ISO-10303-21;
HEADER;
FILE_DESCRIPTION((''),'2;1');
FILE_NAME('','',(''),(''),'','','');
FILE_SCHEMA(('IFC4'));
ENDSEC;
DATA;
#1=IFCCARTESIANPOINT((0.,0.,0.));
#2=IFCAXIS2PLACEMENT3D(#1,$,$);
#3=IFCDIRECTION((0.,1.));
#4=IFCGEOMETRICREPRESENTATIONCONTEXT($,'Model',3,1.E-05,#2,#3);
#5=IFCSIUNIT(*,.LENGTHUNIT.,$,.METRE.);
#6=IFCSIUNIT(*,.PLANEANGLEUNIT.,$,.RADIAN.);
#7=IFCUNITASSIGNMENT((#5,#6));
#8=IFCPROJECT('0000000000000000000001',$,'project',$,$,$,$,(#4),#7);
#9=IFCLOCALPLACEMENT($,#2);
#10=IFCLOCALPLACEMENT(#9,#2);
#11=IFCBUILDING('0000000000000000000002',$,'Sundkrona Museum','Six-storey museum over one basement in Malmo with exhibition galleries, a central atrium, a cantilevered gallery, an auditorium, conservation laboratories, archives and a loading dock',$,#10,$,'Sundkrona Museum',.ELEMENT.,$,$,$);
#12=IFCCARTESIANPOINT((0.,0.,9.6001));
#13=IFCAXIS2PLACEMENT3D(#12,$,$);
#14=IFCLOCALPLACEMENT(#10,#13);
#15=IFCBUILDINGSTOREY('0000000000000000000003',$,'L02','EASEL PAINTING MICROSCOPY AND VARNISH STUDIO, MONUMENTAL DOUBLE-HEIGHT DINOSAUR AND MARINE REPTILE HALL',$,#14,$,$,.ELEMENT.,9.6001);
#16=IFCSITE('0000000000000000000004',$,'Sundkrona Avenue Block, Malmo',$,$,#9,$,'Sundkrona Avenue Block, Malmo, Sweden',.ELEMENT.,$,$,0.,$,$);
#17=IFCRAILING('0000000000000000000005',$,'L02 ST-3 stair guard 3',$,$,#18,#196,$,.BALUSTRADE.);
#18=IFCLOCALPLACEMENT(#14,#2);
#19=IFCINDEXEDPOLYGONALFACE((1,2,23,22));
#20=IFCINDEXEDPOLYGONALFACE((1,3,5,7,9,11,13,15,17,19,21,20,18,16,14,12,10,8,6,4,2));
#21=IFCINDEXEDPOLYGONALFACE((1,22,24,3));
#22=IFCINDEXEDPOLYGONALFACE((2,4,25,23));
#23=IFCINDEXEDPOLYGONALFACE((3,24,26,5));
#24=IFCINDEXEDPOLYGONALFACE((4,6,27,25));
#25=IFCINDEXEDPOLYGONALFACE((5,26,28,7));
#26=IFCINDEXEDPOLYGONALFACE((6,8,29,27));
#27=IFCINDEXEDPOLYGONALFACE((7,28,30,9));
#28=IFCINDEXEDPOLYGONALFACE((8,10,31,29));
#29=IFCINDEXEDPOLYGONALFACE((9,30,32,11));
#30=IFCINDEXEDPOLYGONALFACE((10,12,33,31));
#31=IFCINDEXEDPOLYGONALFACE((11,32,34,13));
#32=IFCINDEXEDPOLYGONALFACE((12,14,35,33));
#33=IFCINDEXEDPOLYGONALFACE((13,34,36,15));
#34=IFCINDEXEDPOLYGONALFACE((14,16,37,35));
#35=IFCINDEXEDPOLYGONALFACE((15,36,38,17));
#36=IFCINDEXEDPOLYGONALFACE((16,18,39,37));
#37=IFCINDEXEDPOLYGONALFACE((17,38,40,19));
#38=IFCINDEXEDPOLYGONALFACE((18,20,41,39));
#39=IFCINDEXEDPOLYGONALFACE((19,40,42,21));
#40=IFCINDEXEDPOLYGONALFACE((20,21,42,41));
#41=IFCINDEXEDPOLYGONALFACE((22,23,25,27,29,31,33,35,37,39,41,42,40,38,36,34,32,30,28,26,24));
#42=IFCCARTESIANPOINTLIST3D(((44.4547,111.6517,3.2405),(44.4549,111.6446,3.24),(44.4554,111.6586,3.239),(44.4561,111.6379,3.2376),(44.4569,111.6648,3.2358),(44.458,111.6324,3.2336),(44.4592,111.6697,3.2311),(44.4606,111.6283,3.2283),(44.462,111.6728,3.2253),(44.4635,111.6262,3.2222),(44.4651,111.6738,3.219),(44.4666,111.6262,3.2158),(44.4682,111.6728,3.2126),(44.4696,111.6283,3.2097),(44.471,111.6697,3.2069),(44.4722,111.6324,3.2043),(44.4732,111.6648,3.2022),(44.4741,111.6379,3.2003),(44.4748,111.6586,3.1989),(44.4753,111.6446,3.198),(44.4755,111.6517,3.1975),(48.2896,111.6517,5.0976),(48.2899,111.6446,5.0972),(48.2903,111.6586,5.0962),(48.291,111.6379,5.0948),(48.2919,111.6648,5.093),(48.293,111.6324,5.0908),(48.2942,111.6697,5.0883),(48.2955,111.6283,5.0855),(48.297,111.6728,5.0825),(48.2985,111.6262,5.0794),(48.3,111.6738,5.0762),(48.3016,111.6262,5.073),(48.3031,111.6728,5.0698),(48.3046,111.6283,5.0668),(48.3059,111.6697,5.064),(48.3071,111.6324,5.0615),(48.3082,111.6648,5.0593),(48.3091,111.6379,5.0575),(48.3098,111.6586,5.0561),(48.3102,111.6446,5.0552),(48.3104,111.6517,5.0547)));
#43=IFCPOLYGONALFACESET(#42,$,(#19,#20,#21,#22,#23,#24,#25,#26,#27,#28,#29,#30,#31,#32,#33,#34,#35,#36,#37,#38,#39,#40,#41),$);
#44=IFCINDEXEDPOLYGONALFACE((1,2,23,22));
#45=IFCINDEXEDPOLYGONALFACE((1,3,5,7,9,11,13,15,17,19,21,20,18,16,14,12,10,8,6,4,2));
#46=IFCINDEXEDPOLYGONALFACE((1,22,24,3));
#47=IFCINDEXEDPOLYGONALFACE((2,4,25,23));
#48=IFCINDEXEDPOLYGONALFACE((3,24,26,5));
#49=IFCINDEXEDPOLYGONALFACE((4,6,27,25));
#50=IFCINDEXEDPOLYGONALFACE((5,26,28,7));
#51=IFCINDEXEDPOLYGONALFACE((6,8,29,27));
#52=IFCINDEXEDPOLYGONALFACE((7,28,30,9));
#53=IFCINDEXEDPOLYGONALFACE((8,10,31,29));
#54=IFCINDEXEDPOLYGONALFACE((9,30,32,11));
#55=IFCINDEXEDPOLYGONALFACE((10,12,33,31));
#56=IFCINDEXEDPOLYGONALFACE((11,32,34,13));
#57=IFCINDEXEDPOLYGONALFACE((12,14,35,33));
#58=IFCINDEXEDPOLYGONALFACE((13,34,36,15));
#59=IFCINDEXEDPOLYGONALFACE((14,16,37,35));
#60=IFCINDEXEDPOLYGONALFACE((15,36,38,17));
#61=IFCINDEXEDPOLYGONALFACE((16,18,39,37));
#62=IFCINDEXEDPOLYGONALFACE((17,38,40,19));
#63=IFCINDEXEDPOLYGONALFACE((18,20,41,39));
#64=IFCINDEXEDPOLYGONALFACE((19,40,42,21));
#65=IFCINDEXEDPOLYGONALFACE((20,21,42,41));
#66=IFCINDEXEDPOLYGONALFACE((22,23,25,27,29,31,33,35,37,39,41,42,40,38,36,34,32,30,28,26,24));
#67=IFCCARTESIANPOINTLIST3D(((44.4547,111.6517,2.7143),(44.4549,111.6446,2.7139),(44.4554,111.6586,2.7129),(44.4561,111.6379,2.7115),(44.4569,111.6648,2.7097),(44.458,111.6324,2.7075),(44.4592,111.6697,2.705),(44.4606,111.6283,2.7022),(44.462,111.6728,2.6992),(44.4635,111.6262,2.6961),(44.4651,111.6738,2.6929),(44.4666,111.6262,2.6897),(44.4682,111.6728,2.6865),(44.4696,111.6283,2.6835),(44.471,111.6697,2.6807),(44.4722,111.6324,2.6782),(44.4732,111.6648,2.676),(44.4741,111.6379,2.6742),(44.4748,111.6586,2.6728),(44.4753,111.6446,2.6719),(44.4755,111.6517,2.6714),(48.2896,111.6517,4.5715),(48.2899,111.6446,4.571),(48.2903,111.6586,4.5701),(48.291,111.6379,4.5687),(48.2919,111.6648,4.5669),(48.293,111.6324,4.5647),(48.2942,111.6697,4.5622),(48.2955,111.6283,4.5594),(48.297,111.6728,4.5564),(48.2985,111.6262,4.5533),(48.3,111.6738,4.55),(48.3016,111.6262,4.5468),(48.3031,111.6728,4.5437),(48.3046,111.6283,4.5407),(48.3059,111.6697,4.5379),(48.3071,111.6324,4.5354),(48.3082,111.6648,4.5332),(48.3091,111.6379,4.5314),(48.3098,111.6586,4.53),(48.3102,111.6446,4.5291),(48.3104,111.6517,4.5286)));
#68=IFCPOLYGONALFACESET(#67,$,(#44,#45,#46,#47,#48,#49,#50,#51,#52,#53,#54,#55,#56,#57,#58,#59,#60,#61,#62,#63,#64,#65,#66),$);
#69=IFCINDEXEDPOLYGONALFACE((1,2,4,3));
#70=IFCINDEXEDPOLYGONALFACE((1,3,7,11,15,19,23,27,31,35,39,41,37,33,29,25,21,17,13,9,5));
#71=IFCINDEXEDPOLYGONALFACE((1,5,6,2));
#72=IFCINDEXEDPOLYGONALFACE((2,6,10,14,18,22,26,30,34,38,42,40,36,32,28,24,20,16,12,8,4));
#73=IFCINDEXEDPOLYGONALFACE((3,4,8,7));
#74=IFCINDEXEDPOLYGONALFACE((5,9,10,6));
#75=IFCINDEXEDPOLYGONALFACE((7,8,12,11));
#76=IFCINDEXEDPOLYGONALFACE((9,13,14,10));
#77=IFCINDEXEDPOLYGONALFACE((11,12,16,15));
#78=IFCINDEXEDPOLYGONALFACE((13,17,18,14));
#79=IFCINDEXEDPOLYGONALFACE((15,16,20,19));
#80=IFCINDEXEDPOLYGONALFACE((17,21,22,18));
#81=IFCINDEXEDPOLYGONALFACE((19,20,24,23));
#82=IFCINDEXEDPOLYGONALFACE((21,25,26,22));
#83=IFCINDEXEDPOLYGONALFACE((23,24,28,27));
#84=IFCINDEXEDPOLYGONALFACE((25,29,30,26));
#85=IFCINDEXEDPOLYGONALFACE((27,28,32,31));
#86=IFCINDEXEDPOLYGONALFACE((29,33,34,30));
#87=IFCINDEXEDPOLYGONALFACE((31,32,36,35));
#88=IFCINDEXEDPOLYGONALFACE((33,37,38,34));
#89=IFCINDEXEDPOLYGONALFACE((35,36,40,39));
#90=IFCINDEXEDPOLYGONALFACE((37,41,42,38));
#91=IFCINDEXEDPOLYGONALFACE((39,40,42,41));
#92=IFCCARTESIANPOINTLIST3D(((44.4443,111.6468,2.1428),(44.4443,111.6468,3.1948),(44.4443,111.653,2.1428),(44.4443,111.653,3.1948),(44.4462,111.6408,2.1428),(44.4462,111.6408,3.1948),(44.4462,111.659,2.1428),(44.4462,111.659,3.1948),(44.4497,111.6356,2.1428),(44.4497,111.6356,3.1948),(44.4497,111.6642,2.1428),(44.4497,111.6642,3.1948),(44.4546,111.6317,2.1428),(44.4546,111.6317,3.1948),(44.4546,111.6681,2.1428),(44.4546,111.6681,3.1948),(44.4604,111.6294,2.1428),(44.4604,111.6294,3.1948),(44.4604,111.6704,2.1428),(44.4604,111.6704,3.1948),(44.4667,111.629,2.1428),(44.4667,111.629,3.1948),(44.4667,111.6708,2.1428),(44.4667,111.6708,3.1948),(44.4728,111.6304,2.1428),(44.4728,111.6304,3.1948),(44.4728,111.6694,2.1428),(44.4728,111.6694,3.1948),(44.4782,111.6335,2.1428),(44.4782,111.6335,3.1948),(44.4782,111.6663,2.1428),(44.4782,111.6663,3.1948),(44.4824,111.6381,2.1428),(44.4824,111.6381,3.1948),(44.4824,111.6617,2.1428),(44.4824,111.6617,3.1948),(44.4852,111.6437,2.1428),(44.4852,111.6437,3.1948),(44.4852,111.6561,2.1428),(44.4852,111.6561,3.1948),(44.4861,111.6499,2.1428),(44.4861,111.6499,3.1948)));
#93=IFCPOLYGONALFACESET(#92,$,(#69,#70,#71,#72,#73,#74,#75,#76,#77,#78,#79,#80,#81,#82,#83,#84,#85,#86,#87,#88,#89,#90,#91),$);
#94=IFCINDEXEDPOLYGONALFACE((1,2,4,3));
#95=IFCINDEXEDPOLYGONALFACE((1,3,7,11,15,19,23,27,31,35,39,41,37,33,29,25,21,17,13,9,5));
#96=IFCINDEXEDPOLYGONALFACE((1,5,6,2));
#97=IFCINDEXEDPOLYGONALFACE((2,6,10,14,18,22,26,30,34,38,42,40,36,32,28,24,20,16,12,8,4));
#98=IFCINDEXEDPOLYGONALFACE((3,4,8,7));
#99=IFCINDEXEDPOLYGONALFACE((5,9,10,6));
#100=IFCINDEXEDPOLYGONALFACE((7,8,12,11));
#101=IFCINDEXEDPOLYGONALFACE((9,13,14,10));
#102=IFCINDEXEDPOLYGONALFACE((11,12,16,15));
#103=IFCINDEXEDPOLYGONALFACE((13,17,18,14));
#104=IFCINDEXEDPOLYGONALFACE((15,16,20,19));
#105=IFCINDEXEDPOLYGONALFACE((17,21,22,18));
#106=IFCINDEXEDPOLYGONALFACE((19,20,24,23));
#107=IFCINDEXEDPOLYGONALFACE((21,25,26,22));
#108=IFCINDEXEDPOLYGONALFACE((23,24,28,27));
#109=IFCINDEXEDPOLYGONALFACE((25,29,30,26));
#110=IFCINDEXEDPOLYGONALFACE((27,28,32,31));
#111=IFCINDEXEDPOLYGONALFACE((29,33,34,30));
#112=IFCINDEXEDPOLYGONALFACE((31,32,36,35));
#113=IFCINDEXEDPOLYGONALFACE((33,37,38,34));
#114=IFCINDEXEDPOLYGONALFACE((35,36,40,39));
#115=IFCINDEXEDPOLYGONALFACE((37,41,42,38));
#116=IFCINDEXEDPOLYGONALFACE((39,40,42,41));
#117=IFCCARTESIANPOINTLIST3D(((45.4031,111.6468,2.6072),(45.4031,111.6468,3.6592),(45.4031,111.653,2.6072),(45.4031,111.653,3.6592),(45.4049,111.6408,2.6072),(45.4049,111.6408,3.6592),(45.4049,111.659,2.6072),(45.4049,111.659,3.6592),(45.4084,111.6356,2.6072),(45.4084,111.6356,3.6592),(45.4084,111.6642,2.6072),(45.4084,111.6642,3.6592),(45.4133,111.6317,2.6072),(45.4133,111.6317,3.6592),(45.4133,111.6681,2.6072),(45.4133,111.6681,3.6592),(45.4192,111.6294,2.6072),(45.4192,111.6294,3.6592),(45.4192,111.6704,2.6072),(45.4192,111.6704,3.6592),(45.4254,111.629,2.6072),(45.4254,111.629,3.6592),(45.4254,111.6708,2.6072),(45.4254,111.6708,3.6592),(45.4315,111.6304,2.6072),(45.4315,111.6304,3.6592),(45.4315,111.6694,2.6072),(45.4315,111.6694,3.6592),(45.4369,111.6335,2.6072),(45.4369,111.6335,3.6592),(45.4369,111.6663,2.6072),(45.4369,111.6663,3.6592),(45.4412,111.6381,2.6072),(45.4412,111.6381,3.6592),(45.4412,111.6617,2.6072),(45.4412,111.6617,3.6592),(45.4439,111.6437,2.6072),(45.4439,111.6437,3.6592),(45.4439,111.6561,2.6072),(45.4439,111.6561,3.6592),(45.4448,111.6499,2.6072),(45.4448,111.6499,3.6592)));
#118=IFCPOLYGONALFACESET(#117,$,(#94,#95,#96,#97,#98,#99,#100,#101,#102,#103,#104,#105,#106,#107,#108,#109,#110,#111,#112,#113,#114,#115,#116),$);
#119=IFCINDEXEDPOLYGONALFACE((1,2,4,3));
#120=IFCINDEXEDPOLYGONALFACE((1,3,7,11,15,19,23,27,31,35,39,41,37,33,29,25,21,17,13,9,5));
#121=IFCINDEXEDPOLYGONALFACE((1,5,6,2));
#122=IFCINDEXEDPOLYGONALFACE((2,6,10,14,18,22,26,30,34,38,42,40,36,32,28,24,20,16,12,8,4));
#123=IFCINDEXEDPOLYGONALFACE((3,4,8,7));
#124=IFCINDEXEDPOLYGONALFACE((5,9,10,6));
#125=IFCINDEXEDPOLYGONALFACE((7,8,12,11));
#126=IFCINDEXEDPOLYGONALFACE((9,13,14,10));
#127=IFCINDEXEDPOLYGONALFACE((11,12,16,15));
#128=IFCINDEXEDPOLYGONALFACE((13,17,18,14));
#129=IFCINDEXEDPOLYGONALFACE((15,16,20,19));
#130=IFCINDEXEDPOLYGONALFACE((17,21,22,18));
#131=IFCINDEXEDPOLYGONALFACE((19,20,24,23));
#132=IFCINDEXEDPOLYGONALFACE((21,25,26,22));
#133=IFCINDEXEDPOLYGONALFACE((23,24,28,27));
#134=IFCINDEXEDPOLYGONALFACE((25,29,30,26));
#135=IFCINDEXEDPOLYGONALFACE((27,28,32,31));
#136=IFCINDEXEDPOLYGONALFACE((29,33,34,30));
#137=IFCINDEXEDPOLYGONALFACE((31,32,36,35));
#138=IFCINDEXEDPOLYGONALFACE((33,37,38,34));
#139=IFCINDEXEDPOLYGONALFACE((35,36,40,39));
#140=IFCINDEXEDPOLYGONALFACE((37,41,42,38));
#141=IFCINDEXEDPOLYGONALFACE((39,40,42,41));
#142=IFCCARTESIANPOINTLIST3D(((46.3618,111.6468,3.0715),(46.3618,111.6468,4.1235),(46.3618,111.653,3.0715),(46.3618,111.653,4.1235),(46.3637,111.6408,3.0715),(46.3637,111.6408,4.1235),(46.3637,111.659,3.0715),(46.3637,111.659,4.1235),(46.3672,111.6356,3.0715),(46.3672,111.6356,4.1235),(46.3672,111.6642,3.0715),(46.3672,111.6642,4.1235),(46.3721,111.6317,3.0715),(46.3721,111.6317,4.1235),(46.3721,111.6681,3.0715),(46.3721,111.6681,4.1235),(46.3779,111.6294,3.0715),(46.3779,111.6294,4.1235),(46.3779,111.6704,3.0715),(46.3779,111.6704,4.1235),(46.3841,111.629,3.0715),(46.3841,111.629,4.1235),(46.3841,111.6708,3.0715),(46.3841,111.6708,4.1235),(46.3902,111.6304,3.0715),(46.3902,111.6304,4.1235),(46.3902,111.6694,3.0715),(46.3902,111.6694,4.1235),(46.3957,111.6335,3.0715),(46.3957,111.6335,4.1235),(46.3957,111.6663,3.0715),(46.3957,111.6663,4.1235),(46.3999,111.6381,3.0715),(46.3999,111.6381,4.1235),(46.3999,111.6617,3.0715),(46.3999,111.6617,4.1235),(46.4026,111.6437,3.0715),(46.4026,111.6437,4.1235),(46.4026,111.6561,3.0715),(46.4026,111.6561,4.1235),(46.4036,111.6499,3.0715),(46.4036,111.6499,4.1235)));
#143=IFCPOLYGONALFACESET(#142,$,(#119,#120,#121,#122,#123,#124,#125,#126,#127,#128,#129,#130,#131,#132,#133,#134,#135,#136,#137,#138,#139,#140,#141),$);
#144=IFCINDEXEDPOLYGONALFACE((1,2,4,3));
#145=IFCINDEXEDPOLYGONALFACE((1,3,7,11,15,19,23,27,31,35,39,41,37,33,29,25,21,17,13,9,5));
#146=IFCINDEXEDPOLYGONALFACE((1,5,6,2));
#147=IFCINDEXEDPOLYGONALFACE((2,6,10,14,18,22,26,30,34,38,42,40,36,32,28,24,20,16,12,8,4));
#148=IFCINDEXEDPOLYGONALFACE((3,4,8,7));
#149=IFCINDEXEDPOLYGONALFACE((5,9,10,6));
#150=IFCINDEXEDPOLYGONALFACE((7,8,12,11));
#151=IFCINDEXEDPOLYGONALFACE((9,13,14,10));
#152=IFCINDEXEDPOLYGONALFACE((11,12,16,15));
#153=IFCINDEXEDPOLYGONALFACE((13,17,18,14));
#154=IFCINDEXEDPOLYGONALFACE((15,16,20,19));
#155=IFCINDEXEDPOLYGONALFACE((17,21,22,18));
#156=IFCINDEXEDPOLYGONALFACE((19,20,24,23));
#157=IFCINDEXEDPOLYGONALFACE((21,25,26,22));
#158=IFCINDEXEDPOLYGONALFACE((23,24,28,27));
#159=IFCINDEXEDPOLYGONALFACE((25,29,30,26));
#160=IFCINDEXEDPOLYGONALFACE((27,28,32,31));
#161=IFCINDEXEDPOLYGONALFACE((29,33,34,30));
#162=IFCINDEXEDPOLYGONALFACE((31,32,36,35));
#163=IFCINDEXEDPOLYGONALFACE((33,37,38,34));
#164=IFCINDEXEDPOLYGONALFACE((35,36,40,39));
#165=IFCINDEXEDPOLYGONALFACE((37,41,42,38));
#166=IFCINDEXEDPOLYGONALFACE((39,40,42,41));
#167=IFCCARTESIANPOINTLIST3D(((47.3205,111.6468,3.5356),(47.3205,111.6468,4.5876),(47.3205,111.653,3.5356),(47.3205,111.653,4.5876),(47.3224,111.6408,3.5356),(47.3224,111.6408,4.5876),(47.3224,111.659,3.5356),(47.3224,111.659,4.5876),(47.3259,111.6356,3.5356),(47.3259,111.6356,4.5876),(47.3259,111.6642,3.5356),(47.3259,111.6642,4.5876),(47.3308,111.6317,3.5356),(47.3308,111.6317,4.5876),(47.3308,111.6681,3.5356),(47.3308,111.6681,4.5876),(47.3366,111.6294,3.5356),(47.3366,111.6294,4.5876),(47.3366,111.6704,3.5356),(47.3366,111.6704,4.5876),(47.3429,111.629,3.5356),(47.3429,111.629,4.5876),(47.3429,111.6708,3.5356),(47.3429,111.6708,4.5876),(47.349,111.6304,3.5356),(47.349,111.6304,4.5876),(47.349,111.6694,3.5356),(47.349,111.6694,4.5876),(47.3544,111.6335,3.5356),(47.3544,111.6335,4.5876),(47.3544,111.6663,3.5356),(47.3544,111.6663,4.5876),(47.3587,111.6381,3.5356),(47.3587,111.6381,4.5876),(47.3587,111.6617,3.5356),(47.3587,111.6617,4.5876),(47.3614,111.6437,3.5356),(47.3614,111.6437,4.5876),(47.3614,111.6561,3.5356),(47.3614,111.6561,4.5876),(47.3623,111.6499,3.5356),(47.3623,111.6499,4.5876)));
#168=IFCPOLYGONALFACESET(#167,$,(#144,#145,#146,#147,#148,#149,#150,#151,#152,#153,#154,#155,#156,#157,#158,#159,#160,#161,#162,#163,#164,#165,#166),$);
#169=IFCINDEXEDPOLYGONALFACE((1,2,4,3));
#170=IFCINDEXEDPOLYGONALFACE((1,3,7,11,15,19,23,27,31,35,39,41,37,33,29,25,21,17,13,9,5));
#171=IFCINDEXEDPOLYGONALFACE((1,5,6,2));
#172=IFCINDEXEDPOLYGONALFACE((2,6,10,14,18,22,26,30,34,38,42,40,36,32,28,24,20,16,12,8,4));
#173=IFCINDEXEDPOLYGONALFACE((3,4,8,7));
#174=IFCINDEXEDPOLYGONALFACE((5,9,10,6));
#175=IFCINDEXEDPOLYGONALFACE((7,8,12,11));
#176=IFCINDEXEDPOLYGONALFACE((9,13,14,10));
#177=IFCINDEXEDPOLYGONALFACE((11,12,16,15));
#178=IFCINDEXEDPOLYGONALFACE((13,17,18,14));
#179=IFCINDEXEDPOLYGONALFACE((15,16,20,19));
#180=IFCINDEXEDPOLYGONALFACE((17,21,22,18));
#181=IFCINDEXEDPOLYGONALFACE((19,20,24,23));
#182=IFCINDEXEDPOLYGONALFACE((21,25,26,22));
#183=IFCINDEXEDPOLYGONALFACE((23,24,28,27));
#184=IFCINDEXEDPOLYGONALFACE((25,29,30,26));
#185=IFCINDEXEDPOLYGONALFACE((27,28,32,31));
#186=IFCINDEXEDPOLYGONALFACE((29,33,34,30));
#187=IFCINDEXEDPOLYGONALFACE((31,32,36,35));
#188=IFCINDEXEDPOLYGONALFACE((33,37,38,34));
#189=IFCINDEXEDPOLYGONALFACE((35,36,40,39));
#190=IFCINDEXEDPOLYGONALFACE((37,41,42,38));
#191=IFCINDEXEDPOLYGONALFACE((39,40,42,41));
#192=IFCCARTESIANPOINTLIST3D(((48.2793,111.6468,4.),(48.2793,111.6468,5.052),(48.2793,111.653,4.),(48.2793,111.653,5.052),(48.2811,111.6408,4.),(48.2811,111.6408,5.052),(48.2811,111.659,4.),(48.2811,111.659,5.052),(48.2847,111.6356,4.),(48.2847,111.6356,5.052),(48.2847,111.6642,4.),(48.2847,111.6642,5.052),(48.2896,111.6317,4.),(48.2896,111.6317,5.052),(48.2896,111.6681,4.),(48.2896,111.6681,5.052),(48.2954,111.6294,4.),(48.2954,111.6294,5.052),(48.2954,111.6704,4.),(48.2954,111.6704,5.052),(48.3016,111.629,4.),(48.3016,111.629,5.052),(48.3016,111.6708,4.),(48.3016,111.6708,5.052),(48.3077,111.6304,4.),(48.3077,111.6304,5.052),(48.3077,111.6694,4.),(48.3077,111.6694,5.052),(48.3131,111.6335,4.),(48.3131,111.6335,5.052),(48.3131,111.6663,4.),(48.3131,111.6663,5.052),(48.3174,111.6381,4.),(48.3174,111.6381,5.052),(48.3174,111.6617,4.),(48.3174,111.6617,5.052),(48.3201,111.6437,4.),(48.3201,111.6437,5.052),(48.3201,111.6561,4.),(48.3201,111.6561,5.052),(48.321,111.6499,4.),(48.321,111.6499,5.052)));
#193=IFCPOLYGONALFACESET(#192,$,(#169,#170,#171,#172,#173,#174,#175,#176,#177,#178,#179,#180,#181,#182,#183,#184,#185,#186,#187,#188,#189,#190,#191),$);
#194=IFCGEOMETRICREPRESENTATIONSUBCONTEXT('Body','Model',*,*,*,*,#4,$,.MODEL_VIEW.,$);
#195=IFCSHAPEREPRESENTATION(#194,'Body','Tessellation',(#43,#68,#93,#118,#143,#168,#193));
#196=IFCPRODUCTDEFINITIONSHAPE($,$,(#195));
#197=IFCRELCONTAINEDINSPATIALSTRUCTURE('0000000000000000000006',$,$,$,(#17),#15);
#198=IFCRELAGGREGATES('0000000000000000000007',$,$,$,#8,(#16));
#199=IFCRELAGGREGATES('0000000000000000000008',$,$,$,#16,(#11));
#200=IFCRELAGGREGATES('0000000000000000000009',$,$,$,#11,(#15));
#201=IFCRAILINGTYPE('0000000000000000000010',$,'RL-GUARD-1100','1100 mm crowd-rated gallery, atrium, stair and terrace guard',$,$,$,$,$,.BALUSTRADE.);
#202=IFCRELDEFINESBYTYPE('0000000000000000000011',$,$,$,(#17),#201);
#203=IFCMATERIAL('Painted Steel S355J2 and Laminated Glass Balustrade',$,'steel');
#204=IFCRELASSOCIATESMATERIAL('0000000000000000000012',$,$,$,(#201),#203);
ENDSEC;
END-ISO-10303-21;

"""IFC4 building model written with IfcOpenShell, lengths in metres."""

from ifc_helpers import new_model, si_unit, direction, frame, origin, origin_2d, place, context, subcontext, project, spatial, circle, extrude, material, type_object, element, save


model = new_model("IFC4")

# Units and contexts
model_context = context("Model", 3, precision=1e-05, world=origin(), true_north=direction((0.0, 1.0)))
body_context = subcontext(model_context, "Body", "Model", "MODEL_VIEW")
ifc_project = project(units=[si_unit("LENGTHUNIT", "METRE"), si_unit("PLANEANGLEUNIT", "RADIAN")], contexts=[model_context])

# Site, building, storey
site_placement = place(None, origin())
site = spatial("IfcSite", under=ifc_project, at=site_placement, Name="Sundkrona Avenue Block, Malmo", LongName="Sundkrona Avenue Block, Malmo, Sweden", CompositionType="ELEMENT", RefElevation=0.0)
building_placement = place(site_placement, origin())
building = spatial("IfcBuilding", under=site, at=building_placement, Name="Sundkrona Museum", Description="Six-storey museum over one basement in Malmo with exhibition galleries, a central atrium, a cantilevered gallery, an auditorium, conservation laboratories, archives and a loading dock", LongName="Sundkrona Museum", CompositionType="ELEMENT")
storey_placement = place(building_placement, frame((0.0, 0.0, 9.6001)))
storey = spatial("IfcBuildingStorey", under=building, at=storey_placement, Name="L02", Description="EASEL PAINTING MICROSCOPY AND VARNISH STUDIO, MONUMENTAL DOUBLE-HEIGHT DINOSAUR AND MARINE REPTILE HALL", CompositionType="ELEMENT", Elevation=9.6001)

# Railing
ifc_material_1 = material(Name="Painted Steel S355J2 and Laminated Glass Balustrade", Category="steel")
railing_type_1 = type_object("IfcRailingType", Name="RL-GUARD-1100", Description="1100 mm crowd-rated gallery, atrium, stair and terrace guard", PredefinedType="BALUSTRADE", material=ifc_material_1)
railing_1_placement = place(storey_placement, frame((44.4651, 111.6499, 2.1428)))
element("IfcRailing", 1, at=railing_1_placement, inside=storey, type_object=railing_type_1, Name="L02 ST-3 stair guard 3", PredefinedType="BALUSTRADE", context=body_context, shape_type="SweptSolid", body=[
    extrude(circle(Radius=0.0239, at=origin_2d()), frame((0.0, 0.0, 1.0762), z_axis=(0.900016, 0.0, 0.435856), x_axis=(0.0, 1.0, 0.0)), (0.0, 0.0, 1.0), 4.261),
    extrude(circle(Radius=0.0239, at=origin_2d()), frame((0.0, 0.0, 0.55), z_axis=(0.900016, 0.0, 0.435856), x_axis=(0.0, 1.0, 0.0)), (0.0, 0.0, 1.0), 4.261),
    extrude(circle(Radius=0.021, at=origin_2d()), origin(), (0.0, 0.0, 1.0), 1.052),
    extrude(circle(Radius=0.021, at=origin_2d()), frame((0.9587, 0.0, 0.4644)), (0.0, 0.0, 1.0), 1.052),
    extrude(circle(Radius=0.021, at=origin_2d()), frame((1.9175, 0.0, 0.9287)), (0.0, 0.0, 1.0), 1.052),
    extrude(circle(Radius=0.021, at=origin_2d()), frame((2.8762, 0.0, 1.3928)), (0.0, 0.0, 1.0), 1.052),
    extrude(circle(Radius=0.021, at=origin_2d()), frame((3.835, 0.0, 1.8572)), (0.0, 0.0, 1.0), 1.052),
])

save(model, "model.ifc")
